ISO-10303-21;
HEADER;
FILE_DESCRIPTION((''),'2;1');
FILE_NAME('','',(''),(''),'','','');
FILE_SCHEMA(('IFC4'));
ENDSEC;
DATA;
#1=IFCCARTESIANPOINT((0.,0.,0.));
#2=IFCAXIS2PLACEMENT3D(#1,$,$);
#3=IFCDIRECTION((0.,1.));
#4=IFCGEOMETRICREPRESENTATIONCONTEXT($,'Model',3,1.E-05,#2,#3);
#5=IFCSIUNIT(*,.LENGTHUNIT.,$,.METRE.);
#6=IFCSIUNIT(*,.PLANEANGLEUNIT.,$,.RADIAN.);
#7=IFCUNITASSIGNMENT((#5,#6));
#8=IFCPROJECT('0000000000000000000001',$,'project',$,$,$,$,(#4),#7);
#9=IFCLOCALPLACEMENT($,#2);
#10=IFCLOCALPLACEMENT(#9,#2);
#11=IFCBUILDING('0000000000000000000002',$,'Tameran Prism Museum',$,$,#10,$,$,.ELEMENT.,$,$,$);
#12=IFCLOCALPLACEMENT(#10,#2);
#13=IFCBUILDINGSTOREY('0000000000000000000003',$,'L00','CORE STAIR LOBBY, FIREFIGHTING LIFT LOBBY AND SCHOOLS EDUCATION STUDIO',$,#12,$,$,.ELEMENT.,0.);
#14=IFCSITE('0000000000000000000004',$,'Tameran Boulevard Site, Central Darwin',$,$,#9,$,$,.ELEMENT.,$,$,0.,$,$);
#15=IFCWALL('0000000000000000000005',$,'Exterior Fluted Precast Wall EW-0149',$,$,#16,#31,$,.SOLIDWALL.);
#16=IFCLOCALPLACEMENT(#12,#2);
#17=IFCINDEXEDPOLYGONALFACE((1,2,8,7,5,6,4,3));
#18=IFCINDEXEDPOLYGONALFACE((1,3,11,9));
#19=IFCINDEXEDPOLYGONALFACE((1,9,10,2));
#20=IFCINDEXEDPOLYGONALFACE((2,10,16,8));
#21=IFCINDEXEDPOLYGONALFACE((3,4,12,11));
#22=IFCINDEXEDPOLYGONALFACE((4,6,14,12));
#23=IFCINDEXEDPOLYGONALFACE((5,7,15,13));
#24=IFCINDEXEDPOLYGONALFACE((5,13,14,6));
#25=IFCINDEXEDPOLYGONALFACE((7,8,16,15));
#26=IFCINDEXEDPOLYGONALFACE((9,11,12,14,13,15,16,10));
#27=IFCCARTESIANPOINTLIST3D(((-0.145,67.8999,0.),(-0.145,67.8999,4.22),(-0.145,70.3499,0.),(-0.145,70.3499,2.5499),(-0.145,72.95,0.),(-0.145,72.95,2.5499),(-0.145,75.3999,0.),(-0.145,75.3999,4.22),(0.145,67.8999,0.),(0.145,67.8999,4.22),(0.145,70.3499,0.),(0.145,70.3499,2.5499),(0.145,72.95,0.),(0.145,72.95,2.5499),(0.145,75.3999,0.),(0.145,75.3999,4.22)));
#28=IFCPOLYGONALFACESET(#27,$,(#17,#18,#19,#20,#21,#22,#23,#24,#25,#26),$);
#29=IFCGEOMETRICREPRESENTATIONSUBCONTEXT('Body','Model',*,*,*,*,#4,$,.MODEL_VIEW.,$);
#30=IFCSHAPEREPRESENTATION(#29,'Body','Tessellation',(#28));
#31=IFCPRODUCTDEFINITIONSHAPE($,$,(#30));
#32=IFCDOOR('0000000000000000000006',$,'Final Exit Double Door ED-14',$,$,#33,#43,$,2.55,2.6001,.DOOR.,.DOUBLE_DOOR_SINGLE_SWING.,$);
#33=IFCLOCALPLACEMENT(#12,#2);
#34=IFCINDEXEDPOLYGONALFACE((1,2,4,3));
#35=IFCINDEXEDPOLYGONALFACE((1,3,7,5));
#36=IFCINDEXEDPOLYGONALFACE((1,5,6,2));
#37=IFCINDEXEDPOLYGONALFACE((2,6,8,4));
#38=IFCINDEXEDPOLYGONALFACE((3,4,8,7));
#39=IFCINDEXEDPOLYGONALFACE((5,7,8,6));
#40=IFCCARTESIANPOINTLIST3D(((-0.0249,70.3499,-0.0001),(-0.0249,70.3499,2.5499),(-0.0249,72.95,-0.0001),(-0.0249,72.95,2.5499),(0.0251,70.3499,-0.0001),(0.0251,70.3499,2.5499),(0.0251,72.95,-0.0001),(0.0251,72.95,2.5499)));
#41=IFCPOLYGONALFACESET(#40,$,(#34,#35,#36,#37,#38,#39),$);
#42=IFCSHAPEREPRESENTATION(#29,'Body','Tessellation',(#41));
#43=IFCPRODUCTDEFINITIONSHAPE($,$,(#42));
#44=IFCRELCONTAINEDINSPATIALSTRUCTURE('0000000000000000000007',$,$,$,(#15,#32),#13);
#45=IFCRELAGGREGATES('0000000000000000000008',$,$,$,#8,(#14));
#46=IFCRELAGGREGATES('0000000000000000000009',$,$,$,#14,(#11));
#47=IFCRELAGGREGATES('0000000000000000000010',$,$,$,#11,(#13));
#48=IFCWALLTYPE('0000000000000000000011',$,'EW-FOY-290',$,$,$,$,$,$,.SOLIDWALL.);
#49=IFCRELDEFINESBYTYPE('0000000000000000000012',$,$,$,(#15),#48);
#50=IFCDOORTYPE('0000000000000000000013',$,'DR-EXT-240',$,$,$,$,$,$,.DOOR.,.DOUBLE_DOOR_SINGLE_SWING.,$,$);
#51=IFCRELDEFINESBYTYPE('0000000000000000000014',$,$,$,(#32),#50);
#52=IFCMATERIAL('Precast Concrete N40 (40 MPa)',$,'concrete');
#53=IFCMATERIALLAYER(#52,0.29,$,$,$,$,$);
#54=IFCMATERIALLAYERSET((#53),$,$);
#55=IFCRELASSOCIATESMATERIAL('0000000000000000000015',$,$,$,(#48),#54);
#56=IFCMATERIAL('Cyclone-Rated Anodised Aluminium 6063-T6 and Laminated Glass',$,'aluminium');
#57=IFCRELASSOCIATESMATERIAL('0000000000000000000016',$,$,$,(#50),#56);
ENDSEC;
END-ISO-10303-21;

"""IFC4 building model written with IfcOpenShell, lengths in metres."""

from ifc_helpers import new_model, si_unit, direction, frame, frame_2d, origin, place, context, subcontext, project, spatial, rectangle, extrude, material, layer, layer_set, type_object, element, fill, save


model = new_model("IFC4")

# Units and contexts
model_context = context("Model", 3, precision=1e-05, world=origin(), true_north=direction((0.0, 1.0)))
body_context = subcontext(model_context, "Body", "Model", "MODEL_VIEW")
ifc_project = project(units=[si_unit("LENGTHUNIT", "METRE"), si_unit("PLANEANGLEUNIT", "RADIAN")], contexts=[model_context])

# Site, building, storey
site_placement = place(None, origin())
site = spatial("IfcSite", under=ifc_project, at=site_placement, Name="Tameran Boulevard Site, Central Darwin", CompositionType="ELEMENT", RefElevation=0.0)
building_placement = place(site_placement, origin())
building = spatial("IfcBuilding", under=site, at=building_placement, Name="Tameran Prism Museum", CompositionType="ELEMENT")
storey_placement = place(building_placement, origin())
storey = spatial("IfcBuildingStorey", under=building, at=storey_placement, Name="L00", Description="CORE STAIR LOBBY, FIREFIGHTING LIFT LOBBY AND SCHOOLS EDUCATION STUDIO", CompositionType="ELEMENT", Elevation=0.0)

# Wall, opening, door
ifc_material_1 = material(Name="Precast Concrete N40 (40 MPa)", Category="concrete")
ifc_layer_1 = layer(ifc_material_1, 0.29)
ifc_layer_set_1 = layer_set([ifc_layer_1])
wall_type_1 = type_object("IfcWallType", Name="EW-FOY-290", PredefinedType="SOLIDWALL", material=ifc_layer_set_1)
wall_1_placement = place(storey_placement, frame((0.0, 67.8999, 0.0), z_axis=(0.0, 0.0, 1.0), x_axis=(0.0, 1.0, 0.0)))
wall_1 = element("IfcWall", 1, at=wall_1_placement, inside=storey, type_object=wall_type_1, Name="Exterior Fluted Precast Wall EW-0149", PredefinedType="SOLIDWALL", context=body_context, shape_type="SweptSolid", body=[
    extrude(rectangle(XDim=7.5, YDim=0.29, at=frame_2d((3.75, 0.0))), origin(), (0.0, 0.0, 1.0), 4.22),
])
opening_placement = place(wall_1_placement, frame((2.45, 0.0, 0.0)))
opening = element("IfcOpeningElement", 2, at=opening_placement, cuts=wall_1, PredefinedType="OPENING", context=body_context, shape_type="SweptSolid", body=[
    extrude(rectangle(XDim=2.6001, YDim=2.55, at=frame_2d((1.3, 1.2749))), frame((0.0, 0.155, 0.0), z_axis=(0.0, -1.0, 0.0), x_axis=(1.0, 0.0, 0.0)), (0.0, 0.0, 1.0), 0.3101),
])
ifc_material_2 = material(Name="Cyclone-Rated Anodised Aluminium 6063-T6 and Laminated Glass", Category="aluminium")
door_type = type_object("IfcDoorType", Name="DR-EXT-240", OperationType="DOUBLE_DOOR_SINGLE_SWING", PredefinedType="DOOR", material=ifc_material_2)
door_placement = place(opening_placement, origin())
door = element("IfcDoor", 3, at=door_placement, inside=storey, type_object=door_type, Name="Final Exit Double Door ED-14", OperationType="DOUBLE_DOOR_SINGLE_SWING", OverallHeight=2.55, OverallWidth=2.6001, PredefinedType="DOOR", context=body_context, shape_type="SweptSolid", body=[
    extrude(rectangle(XDim=2.6001, YDim=2.55, at=frame_2d((1.3, 1.2749))), frame((0.0, 0.0249, 0.0), z_axis=(0.0, -1.0, 0.0), x_axis=(1.0, 0.0, 0.0)), (0.0, 0.0, 1.0), 0.05),
])
fill(opening, door)

save(model, "model.ifc")
